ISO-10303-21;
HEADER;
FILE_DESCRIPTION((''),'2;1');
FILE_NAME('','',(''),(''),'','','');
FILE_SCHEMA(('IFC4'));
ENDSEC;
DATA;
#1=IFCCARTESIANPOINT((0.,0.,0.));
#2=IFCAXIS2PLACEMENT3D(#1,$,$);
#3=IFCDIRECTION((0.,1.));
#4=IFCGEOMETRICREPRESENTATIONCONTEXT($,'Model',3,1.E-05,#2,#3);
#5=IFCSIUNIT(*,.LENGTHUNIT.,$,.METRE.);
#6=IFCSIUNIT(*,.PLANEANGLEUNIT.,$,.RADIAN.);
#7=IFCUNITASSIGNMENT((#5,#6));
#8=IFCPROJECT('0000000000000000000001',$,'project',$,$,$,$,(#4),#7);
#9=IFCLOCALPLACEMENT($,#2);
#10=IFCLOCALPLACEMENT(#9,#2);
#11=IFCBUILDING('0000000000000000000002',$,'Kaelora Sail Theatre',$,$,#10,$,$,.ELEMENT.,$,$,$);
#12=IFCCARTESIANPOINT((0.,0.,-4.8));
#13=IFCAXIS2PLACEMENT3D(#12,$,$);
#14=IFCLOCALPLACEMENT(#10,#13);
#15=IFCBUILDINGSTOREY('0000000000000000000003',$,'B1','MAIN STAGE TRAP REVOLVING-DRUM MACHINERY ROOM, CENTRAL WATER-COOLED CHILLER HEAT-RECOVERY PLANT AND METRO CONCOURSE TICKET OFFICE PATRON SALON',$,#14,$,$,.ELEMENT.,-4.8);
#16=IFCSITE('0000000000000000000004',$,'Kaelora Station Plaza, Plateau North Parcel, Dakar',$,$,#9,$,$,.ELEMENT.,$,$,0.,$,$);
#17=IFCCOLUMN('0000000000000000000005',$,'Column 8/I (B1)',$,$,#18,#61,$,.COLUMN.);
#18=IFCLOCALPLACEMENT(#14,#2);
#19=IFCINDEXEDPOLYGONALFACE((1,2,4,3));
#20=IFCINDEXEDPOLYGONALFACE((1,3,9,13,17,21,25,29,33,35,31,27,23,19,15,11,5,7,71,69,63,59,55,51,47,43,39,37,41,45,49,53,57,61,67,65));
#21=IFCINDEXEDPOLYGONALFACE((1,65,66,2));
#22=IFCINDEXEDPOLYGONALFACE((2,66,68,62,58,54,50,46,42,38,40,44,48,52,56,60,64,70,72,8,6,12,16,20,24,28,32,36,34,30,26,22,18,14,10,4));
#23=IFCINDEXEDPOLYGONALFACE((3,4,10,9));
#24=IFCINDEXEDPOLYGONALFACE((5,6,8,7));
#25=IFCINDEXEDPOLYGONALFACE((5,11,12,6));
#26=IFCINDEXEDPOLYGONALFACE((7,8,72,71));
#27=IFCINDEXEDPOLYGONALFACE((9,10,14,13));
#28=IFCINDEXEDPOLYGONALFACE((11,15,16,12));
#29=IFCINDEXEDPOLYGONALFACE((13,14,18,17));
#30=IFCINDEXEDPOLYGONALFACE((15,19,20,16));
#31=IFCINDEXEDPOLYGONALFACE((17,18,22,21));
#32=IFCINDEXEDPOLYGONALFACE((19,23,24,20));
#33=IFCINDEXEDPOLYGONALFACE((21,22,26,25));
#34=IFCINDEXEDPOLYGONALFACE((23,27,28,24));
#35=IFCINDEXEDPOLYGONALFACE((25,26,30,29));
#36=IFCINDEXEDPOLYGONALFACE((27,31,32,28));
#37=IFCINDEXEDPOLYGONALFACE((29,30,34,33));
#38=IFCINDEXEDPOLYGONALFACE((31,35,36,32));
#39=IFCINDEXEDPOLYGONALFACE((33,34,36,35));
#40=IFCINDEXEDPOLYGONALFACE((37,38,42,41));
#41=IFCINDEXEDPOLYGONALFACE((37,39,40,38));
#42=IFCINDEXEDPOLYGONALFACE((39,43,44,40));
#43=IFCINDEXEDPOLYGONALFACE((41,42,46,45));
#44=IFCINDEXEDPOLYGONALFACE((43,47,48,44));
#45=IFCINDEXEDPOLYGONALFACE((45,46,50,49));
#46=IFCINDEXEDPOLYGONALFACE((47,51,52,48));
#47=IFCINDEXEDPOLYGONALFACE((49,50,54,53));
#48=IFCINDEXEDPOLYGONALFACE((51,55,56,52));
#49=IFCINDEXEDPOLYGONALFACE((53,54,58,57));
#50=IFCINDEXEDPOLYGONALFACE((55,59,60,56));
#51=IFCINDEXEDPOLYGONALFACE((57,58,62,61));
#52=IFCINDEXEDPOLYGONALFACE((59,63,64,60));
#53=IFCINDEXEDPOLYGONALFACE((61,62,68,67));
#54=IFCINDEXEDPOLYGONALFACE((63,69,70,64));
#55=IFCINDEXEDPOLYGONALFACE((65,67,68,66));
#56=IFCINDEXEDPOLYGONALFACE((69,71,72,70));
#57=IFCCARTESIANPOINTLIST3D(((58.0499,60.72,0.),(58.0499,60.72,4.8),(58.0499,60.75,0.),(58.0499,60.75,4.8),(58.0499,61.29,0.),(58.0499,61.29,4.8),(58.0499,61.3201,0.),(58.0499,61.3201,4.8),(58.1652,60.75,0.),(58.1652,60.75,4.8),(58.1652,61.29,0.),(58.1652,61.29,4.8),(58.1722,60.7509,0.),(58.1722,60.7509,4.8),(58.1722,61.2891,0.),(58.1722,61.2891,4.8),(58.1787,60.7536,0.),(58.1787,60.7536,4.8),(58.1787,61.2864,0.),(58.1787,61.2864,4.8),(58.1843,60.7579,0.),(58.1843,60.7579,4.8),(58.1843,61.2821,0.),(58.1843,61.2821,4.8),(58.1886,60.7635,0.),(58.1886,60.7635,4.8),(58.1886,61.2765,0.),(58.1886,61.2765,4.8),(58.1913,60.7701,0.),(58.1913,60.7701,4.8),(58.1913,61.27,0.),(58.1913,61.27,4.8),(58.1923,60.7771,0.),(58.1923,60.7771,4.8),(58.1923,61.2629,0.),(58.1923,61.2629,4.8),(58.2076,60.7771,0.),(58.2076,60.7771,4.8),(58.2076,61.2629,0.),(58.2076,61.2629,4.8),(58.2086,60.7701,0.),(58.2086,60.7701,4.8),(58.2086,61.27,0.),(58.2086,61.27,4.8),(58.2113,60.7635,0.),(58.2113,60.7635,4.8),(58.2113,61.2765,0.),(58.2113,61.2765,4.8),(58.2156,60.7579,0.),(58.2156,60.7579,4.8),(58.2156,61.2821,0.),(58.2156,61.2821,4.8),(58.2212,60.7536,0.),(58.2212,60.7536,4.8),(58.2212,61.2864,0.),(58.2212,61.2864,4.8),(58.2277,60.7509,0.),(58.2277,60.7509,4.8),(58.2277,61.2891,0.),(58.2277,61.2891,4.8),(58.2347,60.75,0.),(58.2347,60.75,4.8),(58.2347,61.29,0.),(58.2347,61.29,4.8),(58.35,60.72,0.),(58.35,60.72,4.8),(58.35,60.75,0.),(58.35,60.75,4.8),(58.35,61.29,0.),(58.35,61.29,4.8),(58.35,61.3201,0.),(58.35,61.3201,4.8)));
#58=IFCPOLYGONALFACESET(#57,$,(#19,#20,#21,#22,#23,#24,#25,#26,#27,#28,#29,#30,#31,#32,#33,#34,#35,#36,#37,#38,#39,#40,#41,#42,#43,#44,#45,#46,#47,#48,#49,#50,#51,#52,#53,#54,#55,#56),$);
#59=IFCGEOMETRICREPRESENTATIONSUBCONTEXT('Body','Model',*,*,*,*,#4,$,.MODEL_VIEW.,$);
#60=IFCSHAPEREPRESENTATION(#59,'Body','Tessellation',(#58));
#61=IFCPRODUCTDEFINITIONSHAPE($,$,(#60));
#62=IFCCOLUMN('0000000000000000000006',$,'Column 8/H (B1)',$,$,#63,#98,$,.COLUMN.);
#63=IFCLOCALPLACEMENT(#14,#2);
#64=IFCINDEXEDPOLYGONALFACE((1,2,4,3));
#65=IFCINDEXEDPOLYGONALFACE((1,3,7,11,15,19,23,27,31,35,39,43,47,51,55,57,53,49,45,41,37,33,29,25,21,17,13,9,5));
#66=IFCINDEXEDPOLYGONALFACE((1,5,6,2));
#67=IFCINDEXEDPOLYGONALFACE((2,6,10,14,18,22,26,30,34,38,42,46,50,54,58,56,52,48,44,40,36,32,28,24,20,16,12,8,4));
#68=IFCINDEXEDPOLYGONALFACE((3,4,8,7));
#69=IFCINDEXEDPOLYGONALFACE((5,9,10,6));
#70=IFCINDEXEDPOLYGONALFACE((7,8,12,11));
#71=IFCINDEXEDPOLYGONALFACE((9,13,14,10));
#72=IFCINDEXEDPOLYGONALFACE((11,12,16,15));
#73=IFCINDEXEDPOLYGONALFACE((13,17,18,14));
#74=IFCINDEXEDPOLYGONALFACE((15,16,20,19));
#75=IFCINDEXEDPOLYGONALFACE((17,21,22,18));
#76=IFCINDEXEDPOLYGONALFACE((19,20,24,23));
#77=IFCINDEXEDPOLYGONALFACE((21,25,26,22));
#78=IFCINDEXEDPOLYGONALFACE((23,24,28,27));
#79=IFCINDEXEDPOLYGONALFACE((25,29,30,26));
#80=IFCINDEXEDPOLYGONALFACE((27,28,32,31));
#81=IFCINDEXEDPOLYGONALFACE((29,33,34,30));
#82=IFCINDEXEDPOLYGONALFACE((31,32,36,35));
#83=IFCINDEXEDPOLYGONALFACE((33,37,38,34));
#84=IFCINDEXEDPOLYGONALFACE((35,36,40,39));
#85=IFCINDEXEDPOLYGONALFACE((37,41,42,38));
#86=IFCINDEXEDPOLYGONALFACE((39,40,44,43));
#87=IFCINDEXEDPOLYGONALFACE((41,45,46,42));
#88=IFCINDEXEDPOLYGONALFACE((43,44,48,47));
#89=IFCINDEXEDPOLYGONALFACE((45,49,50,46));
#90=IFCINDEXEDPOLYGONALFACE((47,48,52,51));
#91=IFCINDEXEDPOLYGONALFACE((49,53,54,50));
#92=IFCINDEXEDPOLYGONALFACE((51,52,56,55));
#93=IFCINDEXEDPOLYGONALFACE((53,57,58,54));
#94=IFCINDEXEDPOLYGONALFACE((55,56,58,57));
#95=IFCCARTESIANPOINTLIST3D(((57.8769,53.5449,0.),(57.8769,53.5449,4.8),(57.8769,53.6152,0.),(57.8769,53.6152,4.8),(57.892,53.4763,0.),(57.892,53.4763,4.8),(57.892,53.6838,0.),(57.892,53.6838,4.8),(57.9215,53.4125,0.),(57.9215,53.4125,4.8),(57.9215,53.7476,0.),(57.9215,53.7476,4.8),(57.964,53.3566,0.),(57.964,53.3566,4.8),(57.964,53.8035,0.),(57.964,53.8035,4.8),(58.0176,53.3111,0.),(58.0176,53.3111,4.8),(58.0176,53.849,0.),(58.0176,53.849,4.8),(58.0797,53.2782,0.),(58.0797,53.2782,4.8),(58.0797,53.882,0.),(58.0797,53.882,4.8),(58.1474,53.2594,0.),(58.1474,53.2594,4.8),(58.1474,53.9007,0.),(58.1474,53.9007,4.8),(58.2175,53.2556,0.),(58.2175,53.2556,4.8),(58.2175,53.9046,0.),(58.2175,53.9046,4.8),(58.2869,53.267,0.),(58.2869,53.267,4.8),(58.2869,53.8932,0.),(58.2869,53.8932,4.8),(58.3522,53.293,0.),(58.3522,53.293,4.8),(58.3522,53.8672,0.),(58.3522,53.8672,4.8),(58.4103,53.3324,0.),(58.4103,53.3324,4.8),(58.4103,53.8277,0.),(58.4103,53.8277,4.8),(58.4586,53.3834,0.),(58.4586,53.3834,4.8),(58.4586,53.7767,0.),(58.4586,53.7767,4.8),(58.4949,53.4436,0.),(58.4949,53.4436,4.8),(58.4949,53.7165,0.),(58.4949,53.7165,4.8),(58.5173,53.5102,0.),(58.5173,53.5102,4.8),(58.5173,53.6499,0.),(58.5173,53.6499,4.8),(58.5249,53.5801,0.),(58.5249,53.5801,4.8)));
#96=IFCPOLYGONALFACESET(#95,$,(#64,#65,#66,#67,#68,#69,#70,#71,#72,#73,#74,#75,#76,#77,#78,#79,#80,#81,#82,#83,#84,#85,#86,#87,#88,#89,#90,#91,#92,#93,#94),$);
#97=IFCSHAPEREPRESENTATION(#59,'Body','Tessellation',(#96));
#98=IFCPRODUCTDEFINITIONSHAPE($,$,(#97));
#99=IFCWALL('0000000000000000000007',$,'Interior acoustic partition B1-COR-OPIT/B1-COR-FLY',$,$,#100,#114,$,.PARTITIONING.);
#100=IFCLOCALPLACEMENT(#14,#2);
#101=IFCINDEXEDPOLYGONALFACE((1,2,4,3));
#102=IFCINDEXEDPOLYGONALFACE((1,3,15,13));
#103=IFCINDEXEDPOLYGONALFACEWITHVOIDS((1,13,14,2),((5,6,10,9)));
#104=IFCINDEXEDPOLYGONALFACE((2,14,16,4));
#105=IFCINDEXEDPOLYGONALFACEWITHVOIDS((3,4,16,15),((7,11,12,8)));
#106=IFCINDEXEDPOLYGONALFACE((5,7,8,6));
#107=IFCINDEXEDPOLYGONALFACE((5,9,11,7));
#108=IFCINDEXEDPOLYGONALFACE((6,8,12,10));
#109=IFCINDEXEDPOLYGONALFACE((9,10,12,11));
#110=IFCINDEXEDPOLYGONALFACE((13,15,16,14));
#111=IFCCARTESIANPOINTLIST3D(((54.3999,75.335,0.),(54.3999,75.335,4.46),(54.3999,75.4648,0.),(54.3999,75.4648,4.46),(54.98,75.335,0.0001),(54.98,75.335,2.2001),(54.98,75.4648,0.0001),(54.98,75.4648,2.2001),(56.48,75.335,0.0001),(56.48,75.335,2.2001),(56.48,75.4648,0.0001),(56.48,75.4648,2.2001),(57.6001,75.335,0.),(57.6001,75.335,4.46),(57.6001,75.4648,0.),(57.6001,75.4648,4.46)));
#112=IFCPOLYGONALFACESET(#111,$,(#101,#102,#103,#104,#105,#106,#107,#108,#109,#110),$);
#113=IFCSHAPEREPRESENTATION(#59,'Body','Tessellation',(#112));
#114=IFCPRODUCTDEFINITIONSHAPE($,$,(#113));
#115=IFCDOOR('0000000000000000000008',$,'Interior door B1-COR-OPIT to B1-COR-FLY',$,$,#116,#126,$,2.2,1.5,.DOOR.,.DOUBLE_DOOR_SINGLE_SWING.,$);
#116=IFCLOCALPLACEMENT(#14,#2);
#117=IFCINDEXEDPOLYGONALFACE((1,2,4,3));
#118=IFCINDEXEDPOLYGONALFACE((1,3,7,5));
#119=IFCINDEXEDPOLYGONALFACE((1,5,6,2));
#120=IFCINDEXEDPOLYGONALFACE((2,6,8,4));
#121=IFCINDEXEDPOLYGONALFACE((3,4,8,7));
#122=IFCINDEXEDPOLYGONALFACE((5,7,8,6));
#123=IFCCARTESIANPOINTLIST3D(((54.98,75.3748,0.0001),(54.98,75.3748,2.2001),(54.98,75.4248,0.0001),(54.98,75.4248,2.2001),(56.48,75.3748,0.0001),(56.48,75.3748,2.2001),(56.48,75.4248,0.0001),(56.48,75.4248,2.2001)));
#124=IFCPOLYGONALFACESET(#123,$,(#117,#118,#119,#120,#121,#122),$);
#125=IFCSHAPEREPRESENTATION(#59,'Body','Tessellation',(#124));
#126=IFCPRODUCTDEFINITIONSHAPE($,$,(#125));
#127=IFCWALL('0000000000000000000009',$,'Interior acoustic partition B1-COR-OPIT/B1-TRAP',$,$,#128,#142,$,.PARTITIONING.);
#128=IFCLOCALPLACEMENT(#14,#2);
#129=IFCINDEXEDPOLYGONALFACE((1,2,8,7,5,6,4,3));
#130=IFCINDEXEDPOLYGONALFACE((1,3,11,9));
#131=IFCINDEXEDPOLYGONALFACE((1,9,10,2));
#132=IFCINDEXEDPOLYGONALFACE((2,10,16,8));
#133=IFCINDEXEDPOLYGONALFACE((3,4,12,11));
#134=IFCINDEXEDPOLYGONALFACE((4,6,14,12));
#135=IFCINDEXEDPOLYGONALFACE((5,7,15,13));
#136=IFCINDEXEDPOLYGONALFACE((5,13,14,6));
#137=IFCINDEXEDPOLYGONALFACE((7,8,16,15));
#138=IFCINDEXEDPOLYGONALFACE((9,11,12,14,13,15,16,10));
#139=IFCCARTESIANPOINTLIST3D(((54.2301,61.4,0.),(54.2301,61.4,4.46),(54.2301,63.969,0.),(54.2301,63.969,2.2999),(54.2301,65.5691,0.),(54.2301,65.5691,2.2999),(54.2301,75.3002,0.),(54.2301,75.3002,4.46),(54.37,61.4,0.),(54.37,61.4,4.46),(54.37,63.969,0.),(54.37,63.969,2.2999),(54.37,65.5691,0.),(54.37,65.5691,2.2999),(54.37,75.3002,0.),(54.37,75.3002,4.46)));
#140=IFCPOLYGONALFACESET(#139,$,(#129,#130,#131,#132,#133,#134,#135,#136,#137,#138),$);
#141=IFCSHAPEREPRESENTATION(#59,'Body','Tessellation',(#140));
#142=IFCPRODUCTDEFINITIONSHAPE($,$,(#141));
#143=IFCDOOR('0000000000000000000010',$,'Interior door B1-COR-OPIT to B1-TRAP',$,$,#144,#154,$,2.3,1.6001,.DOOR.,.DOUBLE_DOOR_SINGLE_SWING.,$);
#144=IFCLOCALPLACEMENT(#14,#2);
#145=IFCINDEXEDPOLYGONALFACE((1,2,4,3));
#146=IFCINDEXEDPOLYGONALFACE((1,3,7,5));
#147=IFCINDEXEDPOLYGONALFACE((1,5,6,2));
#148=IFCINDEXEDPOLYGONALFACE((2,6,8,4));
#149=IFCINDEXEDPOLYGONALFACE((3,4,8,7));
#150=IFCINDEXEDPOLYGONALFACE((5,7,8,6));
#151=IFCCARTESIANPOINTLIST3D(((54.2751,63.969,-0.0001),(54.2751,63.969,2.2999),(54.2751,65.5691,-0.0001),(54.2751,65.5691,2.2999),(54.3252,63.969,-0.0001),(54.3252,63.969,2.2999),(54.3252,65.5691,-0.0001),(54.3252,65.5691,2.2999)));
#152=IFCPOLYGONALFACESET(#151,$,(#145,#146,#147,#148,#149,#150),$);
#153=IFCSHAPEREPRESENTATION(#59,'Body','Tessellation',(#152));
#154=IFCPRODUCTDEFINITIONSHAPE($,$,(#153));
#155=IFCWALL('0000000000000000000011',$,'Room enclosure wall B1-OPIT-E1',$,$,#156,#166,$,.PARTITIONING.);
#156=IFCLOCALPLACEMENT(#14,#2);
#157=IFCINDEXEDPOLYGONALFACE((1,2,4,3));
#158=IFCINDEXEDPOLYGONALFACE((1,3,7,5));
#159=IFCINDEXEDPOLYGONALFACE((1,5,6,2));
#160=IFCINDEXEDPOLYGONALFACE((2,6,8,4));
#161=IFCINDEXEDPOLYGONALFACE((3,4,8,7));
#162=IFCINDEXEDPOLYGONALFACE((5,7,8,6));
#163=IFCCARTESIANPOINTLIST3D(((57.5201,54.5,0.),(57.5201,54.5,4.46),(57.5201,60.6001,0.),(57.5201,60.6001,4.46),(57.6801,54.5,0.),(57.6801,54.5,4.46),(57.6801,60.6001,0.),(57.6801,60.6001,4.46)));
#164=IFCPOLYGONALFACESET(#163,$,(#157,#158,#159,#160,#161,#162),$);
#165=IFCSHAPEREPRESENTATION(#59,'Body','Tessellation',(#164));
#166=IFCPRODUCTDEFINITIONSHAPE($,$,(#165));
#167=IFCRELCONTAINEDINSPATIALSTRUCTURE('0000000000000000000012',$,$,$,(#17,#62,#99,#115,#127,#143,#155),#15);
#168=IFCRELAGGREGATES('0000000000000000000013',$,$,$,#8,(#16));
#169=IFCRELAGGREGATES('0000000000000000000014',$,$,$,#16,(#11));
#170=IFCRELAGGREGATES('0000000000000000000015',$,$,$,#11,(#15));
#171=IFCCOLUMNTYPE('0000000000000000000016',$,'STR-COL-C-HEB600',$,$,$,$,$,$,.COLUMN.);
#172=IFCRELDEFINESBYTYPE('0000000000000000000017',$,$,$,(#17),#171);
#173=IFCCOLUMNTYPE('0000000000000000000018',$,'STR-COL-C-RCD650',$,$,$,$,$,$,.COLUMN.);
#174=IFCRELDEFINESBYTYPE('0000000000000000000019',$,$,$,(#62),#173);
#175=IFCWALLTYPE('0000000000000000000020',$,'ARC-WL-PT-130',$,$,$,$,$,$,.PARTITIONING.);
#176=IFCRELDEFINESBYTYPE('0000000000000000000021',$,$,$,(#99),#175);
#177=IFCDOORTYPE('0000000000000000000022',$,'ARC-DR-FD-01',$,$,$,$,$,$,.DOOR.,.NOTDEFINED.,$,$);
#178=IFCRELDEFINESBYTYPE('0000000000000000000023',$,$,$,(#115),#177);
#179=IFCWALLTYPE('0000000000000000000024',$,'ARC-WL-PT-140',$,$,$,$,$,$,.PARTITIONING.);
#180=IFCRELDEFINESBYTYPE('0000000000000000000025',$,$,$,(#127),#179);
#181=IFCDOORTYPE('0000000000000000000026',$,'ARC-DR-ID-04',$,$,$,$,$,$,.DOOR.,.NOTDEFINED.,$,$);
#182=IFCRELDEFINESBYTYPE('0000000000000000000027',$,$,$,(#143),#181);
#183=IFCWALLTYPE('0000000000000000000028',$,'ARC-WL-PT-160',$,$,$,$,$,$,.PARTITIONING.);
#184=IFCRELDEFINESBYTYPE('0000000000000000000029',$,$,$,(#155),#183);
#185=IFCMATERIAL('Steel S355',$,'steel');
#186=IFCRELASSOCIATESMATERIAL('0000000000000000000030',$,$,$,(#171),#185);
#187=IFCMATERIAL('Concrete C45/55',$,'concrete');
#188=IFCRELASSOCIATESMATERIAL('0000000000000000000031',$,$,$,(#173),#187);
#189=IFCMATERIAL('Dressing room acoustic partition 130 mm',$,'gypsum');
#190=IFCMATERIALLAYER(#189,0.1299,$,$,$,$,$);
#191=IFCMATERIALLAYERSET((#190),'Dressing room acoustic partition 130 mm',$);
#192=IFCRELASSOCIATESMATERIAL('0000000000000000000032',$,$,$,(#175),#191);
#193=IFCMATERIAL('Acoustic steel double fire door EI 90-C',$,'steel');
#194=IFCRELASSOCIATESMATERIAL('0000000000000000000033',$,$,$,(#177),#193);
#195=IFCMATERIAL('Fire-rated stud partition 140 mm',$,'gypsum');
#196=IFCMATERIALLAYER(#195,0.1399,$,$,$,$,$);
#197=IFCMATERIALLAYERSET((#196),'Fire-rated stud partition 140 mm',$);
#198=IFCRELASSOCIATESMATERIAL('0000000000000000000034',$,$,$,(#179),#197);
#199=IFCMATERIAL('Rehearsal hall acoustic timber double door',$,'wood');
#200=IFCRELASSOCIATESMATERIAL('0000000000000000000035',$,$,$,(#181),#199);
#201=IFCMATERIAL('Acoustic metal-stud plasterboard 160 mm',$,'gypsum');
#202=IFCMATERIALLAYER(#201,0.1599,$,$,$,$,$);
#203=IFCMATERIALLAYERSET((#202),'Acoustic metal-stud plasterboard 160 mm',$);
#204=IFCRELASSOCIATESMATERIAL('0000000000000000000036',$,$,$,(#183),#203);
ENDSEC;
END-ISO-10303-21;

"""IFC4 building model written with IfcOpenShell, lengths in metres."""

from ifc_helpers import new_model, si_unit, direction, frame, frame_2d, origin, origin_2d, place, context, subcontext, project, spatial, rectangle, circle, i_section, extrude, material, layer, layer_set, material_profile, profile_set, type_object, element, fill, save


model = new_model("IFC4")

# Units and contexts
model_context = context("Model", 3, precision=1e-05, world=origin(), true_north=direction((0.0, 1.0)))
body_context = subcontext(model_context, "Body", "Model", "MODEL_VIEW")
ifc_project = project(units=[si_unit("LENGTHUNIT", "METRE"), si_unit("PLANEANGLEUNIT", "RADIAN")], contexts=[model_context])

# Site, building, storey
site_placement = place(None, origin())
site = spatial("IfcSite", under=ifc_project, at=site_placement, Name="Kaelora Station Plaza, Plateau North Parcel, Dakar", CompositionType="ELEMENT", RefElevation=0.0)
building_placement = place(site_placement, origin())
building = spatial("IfcBuilding", under=site, at=building_placement, Name="Kaelora Sail Theatre", CompositionType="ELEMENT")
storey_placement = place(building_placement, frame((0.0, 0.0, -4.8)))
storey = spatial("IfcBuildingStorey", under=building, at=storey_placement, Name="B1", Description="MAIN STAGE TRAP REVOLVING-DRUM MACHINERY ROOM, CENTRAL WATER-COOLED CHILLER HEAT-RECOVERY PLANT AND METRO CONCOURSE TICKET OFFICE PATRON SALON", CompositionType="ELEMENT", Elevation=-4.8)

# Columns
ifc_material_1 = material(Name="Steel S355", Category="steel")
ifc_material_profile_1 = material_profile(ifc_material_1, i_section(OverallWidth=0.3, OverallDepth=0.6001, WebThickness=0.0154, FlangeThickness=0.03, FilletRadius=0.0271, at=origin_2d()), Name="HEB 600")
ifc_profile_set_1 = profile_set([ifc_material_profile_1], Name="Steel S355")
column_type_1 = type_object("IfcColumnType", Name="STR-COL-C-HEB600", PredefinedType="COLUMN", material=ifc_profile_set_1)
for number, where, z_axis, x_axis, name in (
    (1, (58.2, 61.02, 0.0), (0.0, 0.0, 1.0), (1.0, 0.0, 0.0), "Column 8/I (B1)"),
):
    element("IfcColumn", number, at=place(storey_placement, frame(where, z_axis=z_axis, x_axis=x_axis)), inside=storey, type_object=column_type_1, Name=name, PredefinedType="COLUMN", context=body_context, shape_type="SweptSolid", body=[
        extrude(i_section(OverallWidth=0.3, OverallDepth=0.6001, WebThickness=0.0154, FlangeThickness=0.03, FilletRadius=0.0271, at=origin_2d()), origin(), (0.0, 0.0, 1.0), 4.8),
    ])
ifc_material_2 = material(Name="Concrete C45/55", Category="concrete")
ifc_material_profile_2 = material_profile(ifc_material_2, circle(Radius=0.325, at=origin_2d()), Name="RC-CCOL D650")
ifc_profile_set_2 = profile_set([ifc_material_profile_2], Name="Concrete C45/55")
column_type_2 = type_object("IfcColumnType", Name="STR-COL-C-RCD650", PredefinedType="COLUMN", material=ifc_profile_set_2)
column_1_placement = place(storey_placement, frame((58.2, 53.5801, 0.0), z_axis=(0.0, 0.0, 1.0), x_axis=(1.0, 0.0, 0.0)))
element("IfcColumn", 2, at=column_1_placement, inside=storey, type_object=column_type_2, Name="Column 8/H (B1)", PredefinedType="COLUMN", context=body_context, shape_type="SweptSolid", body=[
    extrude(circle(Radius=0.325, at=origin_2d()), origin(), (0.0, 0.0, 1.0), 4.8),
])

# Walls, openings, doors
ifc_material_3 = material(Name="Dressing room acoustic partition 130 mm", Category="gypsum")
ifc_layer_1 = layer(ifc_material_3, 0.1299)
ifc_layer_set_1 = layer_set([ifc_layer_1], Name="Dressing room acoustic partition 130 mm")
wall_type_1 = type_object("IfcWallType", Name="ARC-WL-PT-130", PredefinedType="PARTITIONING", material=ifc_layer_set_1)
wall_1_placement = place(storey_placement, frame((54.3999, 75.3999, 0.0), z_axis=(0.0, 0.0, 1.0), x_axis=(1.0, 0.0, 0.0)))
wall_1 = element("IfcWall", 3, at=wall_1_placement, inside=storey, type_object=wall_type_1, Name="Interior acoustic partition B1-COR-OPIT/B1-COR-FLY", PredefinedType="PARTITIONING", context=body_context, shape_type="SweptSolid", body=[
    extrude(rectangle(XDim=3.2002, YDim=0.1299, at=frame_2d((1.6001, 0.0))), origin(), (0.0, 0.0, 1.0), 4.46),
])
opening_1_placement = place(wall_1_placement, frame((0.5801, 0.0, 0.0)))
opening_1 = element("IfcOpeningElement", 4, at=opening_1_placement, cuts=wall_1, PredefinedType="OPENING", context=body_context, shape_type="SweptSolid", body=[
    extrude(rectangle(XDim=1.5, YDim=2.2, at=frame_2d((0.75, 1.1001))), frame((0.0, 0.0749, 0.0), z_axis=(0.0, -1.0, 0.0), x_axis=(1.0, 0.0, 0.0)), (0.0, 0.0, 1.0), 0.1499),
])
ifc_material_4 = material(Name="Acoustic steel double fire door EI 90-C", Category="steel")
door_type_1 = type_object("IfcDoorType", Name="ARC-DR-FD-01", OperationType="NOTDEFINED", PredefinedType="DOOR", material=ifc_material_4)
door_1_placement = place(opening_1_placement, origin())
door_1 = element("IfcDoor", 5, at=door_1_placement, inside=storey, type_object=door_type_1, Name="Interior door B1-COR-OPIT to B1-COR-FLY", OperationType="DOUBLE_DOOR_SINGLE_SWING", OverallHeight=2.2, OverallWidth=1.5, PredefinedType="DOOR", context=body_context, shape_type="SweptSolid", body=[
    extrude(rectangle(XDim=1.5, YDim=2.2, at=frame_2d((0.75, 1.1001))), frame((0.0, 0.0249, 0.0), z_axis=(0.0, -1.0, 0.0), x_axis=(1.0, 0.0, 0.0)), (0.0, 0.0, 1.0), 0.05),
])
fill(opening_1, door_1)
ifc_material_5 = material(Name="Fire-rated stud partition 140 mm", Category="gypsum")
ifc_layer_2 = layer(ifc_material_5, 0.1399)
ifc_layer_set_2 = layer_set([ifc_layer_2], Name="Fire-rated stud partition 140 mm")
wall_type_2 = type_object("IfcWallType", Name="ARC-WL-PT-140", PredefinedType="PARTITIONING", material=ifc_layer_set_2)
wall_2_placement = place(storey_placement, frame((54.3, 61.3999, 0.0), z_axis=(0.0, 0.0, 1.0), x_axis=(0.0, 1.0, 0.0)))
wall_2 = element("IfcWall", 6, at=wall_2_placement, inside=storey, type_object=wall_type_2, Name="Interior acoustic partition B1-COR-OPIT/B1-TRAP", PredefinedType="PARTITIONING", context=body_context, shape_type="SweptSolid", body=[
    extrude(rectangle(XDim=13.9001, YDim=0.1399, at=frame_2d((6.9502, 0.0))), origin(), (0.0, 0.0, 1.0), 4.46),
])
opening_2_placement = place(wall_2_placement, frame((2.5691, 0.0, 0.0)))
opening_2 = element("IfcOpeningElement", 7, at=opening_2_placement, cuts=wall_2, PredefinedType="OPENING", context=body_context, shape_type="SweptSolid", body=[
    extrude(rectangle(XDim=1.6001, YDim=2.3, at=frame_2d((0.8, 1.1499))), frame((0.0, 0.0798, 0.0), z_axis=(0.0, -1.0, 0.0), x_axis=(1.0, 0.0, 0.0)), (0.0, 0.0, 1.0), 0.1599),
])
ifc_material_6 = material(Name="Rehearsal hall acoustic timber double door", Category="wood")
door_type_2 = type_object("IfcDoorType", Name="ARC-DR-ID-04", OperationType="NOTDEFINED", PredefinedType="DOOR", material=ifc_material_6)
door_2_placement = place(opening_2_placement, origin())
door_2 = element("IfcDoor", 8, at=door_2_placement, inside=storey, type_object=door_type_2, Name="Interior door B1-COR-OPIT to B1-TRAP", OperationType="DOUBLE_DOOR_SINGLE_SWING", OverallHeight=2.3, OverallWidth=1.6001, PredefinedType="DOOR", context=body_context, shape_type="SweptSolid", body=[
    extrude(rectangle(XDim=1.6001, YDim=2.3, at=frame_2d((0.8, 1.1499))), frame((0.0, 0.0249, 0.0), z_axis=(0.0, -1.0, 0.0), x_axis=(1.0, 0.0, 0.0)), (0.0, 0.0, 1.0), 0.05),
])
fill(opening_2, door_2)

# Wall
ifc_material_7 = material(Name="Acoustic metal-stud plasterboard 160 mm", Category="gypsum")
ifc_layer_3 = layer(ifc_material_7, 0.1599)
ifc_layer_set_3 = layer_set([ifc_layer_3], Name="Acoustic metal-stud plasterboard 160 mm")
wall_type_3 = type_object("IfcWallType", Name="ARC-WL-PT-160", PredefinedType="PARTITIONING", material=ifc_layer_set_3)
wall_3_placement = place(storey_placement, frame((57.6001, 54.5, 0.0), z_axis=(0.0, 0.0, 1.0), x_axis=(0.0, 1.0, 0.0)))
element("IfcWall", 9, at=wall_3_placement, inside=storey, type_object=wall_type_3, Name="Room enclosure wall B1-OPIT-E1", PredefinedType="PARTITIONING", context=body_context, shape_type="SweptSolid", body=[
    extrude(rectangle(XDim=6.1001, YDim=0.1599, at=frame_2d((3.05, 0.0))), origin(), (0.0, 0.0, 1.0), 4.46),
])

save(model, "model.ifc")
